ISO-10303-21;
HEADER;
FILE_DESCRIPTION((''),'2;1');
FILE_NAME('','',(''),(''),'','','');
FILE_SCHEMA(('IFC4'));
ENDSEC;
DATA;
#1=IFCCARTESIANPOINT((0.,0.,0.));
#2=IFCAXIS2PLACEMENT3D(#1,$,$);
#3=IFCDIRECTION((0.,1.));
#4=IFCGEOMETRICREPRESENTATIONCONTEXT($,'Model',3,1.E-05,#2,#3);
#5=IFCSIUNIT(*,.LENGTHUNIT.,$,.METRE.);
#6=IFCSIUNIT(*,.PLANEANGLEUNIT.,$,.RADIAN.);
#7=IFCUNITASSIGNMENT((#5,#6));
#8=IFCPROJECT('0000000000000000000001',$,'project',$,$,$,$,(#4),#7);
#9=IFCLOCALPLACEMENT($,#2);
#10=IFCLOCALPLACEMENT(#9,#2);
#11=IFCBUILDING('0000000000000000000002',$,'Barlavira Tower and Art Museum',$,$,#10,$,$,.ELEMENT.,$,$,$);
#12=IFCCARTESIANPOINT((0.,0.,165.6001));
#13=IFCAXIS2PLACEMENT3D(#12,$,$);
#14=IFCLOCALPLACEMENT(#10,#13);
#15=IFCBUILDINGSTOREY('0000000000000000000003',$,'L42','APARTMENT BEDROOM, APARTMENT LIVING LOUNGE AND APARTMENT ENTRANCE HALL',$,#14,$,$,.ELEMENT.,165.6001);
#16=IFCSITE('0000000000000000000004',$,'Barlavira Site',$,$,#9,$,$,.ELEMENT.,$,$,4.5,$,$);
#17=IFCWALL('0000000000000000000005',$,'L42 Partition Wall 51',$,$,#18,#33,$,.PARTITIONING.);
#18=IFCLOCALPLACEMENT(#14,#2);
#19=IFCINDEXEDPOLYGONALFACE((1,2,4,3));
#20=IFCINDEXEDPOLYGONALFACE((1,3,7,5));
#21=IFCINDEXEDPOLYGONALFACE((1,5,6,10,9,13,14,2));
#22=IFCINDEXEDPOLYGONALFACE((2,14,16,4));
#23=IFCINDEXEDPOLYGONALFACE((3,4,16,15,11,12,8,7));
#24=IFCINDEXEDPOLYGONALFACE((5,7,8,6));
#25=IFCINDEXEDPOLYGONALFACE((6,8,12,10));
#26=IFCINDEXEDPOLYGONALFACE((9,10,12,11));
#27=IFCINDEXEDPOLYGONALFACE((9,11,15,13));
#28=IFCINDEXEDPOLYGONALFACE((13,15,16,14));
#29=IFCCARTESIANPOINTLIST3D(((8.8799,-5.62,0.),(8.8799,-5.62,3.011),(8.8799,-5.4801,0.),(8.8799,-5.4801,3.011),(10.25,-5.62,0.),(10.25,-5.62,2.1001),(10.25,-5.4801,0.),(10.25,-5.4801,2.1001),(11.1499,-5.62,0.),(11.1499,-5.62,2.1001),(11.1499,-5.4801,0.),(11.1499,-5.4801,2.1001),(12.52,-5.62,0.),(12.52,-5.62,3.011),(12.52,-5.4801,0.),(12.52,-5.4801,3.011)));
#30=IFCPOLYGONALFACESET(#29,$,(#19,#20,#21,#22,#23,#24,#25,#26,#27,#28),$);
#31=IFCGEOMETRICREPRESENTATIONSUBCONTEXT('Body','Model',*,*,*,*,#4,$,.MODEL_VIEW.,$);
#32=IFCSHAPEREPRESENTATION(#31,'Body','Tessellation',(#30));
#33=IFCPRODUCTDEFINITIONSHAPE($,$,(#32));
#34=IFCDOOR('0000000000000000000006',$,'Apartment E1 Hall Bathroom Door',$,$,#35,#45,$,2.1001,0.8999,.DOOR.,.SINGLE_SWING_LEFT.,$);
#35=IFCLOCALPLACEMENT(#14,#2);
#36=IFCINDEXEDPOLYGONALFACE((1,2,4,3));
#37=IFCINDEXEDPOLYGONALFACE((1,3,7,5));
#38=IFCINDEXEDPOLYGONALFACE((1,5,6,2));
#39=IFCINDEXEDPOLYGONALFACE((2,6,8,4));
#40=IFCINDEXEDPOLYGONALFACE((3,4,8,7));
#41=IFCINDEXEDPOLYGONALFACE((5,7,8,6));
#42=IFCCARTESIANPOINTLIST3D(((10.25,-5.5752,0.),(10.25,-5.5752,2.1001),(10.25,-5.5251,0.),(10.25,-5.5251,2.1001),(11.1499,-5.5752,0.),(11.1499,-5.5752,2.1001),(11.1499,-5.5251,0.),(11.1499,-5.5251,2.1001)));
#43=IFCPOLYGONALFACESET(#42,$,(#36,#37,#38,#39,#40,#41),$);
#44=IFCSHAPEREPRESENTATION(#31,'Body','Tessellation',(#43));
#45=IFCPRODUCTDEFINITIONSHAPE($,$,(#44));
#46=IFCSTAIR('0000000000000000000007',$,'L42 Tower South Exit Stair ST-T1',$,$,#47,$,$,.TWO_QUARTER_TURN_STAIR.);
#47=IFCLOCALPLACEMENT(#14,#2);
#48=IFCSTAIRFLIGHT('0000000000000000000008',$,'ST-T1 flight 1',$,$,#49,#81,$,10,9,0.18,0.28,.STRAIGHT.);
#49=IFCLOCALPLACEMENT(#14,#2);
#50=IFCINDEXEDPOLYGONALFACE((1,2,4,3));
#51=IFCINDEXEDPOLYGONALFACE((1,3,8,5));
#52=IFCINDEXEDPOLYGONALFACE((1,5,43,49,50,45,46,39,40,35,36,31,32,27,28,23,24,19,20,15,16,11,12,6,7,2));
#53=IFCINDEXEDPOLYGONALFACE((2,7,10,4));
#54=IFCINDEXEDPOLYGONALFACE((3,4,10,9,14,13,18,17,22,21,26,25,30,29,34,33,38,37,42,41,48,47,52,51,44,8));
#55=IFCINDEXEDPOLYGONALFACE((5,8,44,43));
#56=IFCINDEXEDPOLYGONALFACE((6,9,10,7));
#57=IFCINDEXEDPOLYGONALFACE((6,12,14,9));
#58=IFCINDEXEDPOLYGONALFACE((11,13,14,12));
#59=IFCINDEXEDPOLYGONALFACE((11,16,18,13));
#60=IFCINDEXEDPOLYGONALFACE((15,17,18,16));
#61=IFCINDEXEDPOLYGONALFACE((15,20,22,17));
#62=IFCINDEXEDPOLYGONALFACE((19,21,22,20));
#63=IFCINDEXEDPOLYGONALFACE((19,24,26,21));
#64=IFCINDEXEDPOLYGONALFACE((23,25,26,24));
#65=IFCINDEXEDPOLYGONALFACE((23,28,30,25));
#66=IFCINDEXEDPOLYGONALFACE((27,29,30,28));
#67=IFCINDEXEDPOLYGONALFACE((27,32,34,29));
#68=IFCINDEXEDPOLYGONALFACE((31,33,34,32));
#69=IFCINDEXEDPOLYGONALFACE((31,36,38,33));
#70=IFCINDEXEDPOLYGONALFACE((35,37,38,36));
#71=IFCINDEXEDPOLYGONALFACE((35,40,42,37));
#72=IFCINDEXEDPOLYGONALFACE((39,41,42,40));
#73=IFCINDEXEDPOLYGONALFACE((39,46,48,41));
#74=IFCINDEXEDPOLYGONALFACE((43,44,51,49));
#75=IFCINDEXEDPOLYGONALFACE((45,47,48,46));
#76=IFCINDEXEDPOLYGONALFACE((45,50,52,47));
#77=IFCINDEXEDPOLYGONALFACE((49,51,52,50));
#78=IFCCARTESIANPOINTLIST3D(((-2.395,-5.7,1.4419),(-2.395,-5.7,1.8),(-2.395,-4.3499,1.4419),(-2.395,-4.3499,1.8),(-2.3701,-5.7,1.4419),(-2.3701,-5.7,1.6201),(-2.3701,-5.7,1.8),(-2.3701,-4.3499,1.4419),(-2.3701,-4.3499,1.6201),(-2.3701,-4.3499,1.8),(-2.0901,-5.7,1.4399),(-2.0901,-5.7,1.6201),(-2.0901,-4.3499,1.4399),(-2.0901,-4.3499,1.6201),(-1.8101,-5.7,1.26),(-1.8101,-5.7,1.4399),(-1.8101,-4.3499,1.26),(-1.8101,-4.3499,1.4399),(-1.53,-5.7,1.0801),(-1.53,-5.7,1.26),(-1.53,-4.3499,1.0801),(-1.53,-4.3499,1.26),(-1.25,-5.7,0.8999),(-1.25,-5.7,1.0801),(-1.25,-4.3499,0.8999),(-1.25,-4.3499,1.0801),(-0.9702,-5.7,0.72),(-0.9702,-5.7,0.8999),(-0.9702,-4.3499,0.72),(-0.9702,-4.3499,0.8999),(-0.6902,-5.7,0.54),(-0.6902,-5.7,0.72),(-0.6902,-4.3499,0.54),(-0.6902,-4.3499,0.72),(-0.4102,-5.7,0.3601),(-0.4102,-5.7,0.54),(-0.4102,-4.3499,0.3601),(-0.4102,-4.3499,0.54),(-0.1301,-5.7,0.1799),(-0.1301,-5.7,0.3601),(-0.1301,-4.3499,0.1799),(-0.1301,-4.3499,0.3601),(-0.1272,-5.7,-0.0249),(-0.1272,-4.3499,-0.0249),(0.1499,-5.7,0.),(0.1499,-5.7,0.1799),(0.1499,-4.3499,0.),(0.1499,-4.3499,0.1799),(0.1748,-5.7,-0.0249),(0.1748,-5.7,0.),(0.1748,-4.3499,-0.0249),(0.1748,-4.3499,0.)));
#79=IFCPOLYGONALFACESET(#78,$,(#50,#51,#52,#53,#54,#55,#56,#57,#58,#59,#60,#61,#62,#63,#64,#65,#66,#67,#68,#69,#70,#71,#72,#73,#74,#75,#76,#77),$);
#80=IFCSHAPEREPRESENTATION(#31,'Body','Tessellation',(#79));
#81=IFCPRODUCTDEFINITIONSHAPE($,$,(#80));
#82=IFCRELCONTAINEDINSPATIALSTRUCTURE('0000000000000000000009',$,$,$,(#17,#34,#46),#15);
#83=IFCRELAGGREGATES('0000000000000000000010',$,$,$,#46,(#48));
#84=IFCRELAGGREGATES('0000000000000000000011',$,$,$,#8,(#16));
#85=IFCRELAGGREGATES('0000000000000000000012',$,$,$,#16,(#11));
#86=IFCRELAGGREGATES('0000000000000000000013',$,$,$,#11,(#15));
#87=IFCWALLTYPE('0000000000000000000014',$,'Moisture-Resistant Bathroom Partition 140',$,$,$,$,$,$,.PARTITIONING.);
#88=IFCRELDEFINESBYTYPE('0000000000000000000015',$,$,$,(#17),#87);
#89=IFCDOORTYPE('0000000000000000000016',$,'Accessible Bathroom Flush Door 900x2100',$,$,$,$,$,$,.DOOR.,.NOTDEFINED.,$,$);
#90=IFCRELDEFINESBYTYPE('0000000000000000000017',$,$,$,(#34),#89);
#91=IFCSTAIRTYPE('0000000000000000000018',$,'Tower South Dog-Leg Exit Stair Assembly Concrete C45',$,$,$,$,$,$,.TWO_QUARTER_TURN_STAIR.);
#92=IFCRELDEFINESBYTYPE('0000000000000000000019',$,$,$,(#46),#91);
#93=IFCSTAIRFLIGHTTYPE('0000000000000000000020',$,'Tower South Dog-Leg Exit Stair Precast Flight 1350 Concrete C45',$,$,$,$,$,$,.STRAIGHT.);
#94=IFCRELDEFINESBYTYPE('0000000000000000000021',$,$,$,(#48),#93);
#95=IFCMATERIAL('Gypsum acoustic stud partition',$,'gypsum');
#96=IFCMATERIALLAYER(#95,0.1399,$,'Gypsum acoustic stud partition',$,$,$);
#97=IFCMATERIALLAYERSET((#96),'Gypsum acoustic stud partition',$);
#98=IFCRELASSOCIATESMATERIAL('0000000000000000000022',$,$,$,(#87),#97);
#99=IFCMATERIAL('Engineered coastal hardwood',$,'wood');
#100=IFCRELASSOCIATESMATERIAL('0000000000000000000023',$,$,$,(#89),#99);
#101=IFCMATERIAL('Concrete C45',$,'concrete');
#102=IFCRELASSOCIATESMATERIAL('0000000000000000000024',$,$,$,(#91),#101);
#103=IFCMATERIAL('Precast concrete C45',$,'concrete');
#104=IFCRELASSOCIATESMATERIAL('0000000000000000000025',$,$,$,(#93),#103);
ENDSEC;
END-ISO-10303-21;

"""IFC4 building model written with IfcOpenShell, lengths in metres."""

from ifc_helpers import new_model, si_unit, direction, frame, frame_2d, origin, place, context, subcontext, project, spatial, polyline, rectangle, outline, extrude, material, layer, layer_set, type_object, element, fill, aggregate, save


model = new_model("IFC4")

# Units and contexts
model_context = context("Model", 3, precision=1e-05, world=origin(), true_north=direction((0.0, 1.0)))
body_context = subcontext(model_context, "Body", "Model", "MODEL_VIEW")
ifc_project = project(units=[si_unit("LENGTHUNIT", "METRE"), si_unit("PLANEANGLEUNIT", "RADIAN")], contexts=[model_context])

# Site, building, storey
site_placement = place(None, origin())
site = spatial("IfcSite", under=ifc_project, at=site_placement, Name="Barlavira Site", CompositionType="ELEMENT", RefElevation=4.5)
building_placement = place(site_placement, origin())
building = spatial("IfcBuilding", under=site, at=building_placement, Name="Barlavira Tower and Art Museum", CompositionType="ELEMENT")
storey_placement = place(building_placement, frame((0.0, 0.0, 165.6001)))
storey = spatial("IfcBuildingStorey", under=building, at=storey_placement, Name="L42", Description="APARTMENT BEDROOM, APARTMENT LIVING LOUNGE AND APARTMENT ENTRANCE HALL", CompositionType="ELEMENT", Elevation=165.6001)

# Wall, opening, door
ifc_material_1 = material(Name="Gypsum acoustic stud partition", Category="gypsum")
ifc_layer_1 = layer(ifc_material_1, 0.1399, Name="Gypsum acoustic stud partition")
ifc_layer_set_1 = layer_set([ifc_layer_1], Name="Gypsum acoustic stud partition")
wall_type_1 = type_object("IfcWallType", Name="Moisture-Resistant Bathroom Partition 140", PredefinedType="PARTITIONING", material=ifc_layer_set_1)
wall_1_placement = place(storey_placement, frame((8.8799, -5.55, 0.0), z_axis=(0.0, 0.0, 1.0), x_axis=(1.0, 0.0, 0.0)))
wall_1 = element("IfcWall", 1, at=wall_1_placement, inside=storey, type_object=wall_type_1, Name="L42 Partition Wall 51", PredefinedType="PARTITIONING", context=body_context, shape_type="SweptSolid", body=[
    extrude(rectangle(XDim=3.6401, YDim=0.1399, at=frame_2d((1.8201, 0.0))), origin(), (0.0, 0.0, 1.0), 3.011),
])
opening_1_placement = place(wall_1_placement, frame((1.3701, 0.0, 0.0)))
opening_1 = element("IfcOpeningElement", 2, at=opening_1_placement, cuts=wall_1, PredefinedType="OPENING", context=body_context, shape_type="SweptSolid", body=[
    extrude(rectangle(XDim=0.8999, YDim=2.1001, at=frame_2d((0.45, 1.05))), frame((0.0, 0.0801, 0.0), z_axis=(0.0, -1.0, 0.0), x_axis=(1.0, 0.0, 0.0)), (0.0, 0.0, 1.0), 0.1599),
])
ifc_material_2 = material(Name="Engineered coastal hardwood", Category="wood")
door_type_1 = type_object("IfcDoorType", Name="Accessible Bathroom Flush Door 900x2100", OperationType="NOTDEFINED", PredefinedType="DOOR", material=ifc_material_2)
door_1_placement = place(opening_1_placement, origin())
door_1 = element("IfcDoor", 3, at=door_1_placement, inside=storey, type_object=door_type_1, Name="Apartment E1 Hall Bathroom Door", OperationType="SINGLE_SWING_LEFT", OverallHeight=2.1001, OverallWidth=0.8999, PredefinedType="DOOR", context=body_context, shape_type="SweptSolid", body=[
    extrude(rectangle(XDim=0.8999, YDim=2.1001, at=frame_2d((0.45, 1.05))), frame((0.0, 0.0249, 0.0), z_axis=(0.0, -1.0, 0.0), x_axis=(1.0, 0.0, 0.0)), (0.0, 0.0, 1.0), 0.05),
])
fill(opening_1, door_1)

# Stair, stair flight
ifc_material_3 = material(Name="Concrete C45", Category="concrete")
stair_type = type_object("IfcStairType", Name="Tower South Dog-Leg Exit Stair Assembly Concrete C45", PredefinedType="TWO_QUARTER_TURN_STAIR", material=ifc_material_3)
stair_placement = place(storey_placement, origin())
stair = element("IfcStair", 4, at=stair_placement, inside=storey, type_object=stair_type, Name="L42 Tower South Exit Stair ST-T1", PredefinedType="TWO_QUARTER_TURN_STAIR")
ifc_material_4 = material(Name="Precast concrete C45", Category="concrete")
stair_flight_type = type_object("IfcStairFlightType", Name="Tower South Dog-Leg Exit Stair Precast Flight 1350 Concrete C45", PredefinedType="STRAIGHT", material=ifc_material_4)
stair_flight_placement = place(storey_placement, frame((0.1499, -5.0249, 0.0), z_axis=(0.0, 0.0, 1.0), x_axis=(-1.0, 0.0, 0.0)))
stair_flight = element("IfcStairFlight", 5, at=stair_flight_placement, type_object=stair_flight_type, Name="ST-T1 flight 1", NumberOfRisers=10, NumberOfTreads=9, PredefinedType="STRAIGHT", RiserHeight=0.18, TreadLength=0.28, context=body_context, shape_type="SweptSolid", body=[
    extrude(outline(polyline([(-0.0249, 0.0), (0.0, 0.0), (0.0, 0.1799), (0.28, 0.1799), (0.28, 0.3601), (0.5601, 0.3601), (0.5601, 0.54), (0.8401, 0.54), (0.8401, 0.72), (1.1201, 0.72), (1.1201, 0.8999), (1.3999, 0.8999), (1.3999, 1.0801), (1.6799, 1.0801), (1.6799, 1.26), (1.96, 1.26), (1.96, 1.4399), (2.24, 1.4399), (2.24, 1.6201), (2.52, 1.6201), (2.52, 1.8), (2.5449, 1.8), (2.5449, 1.4419), (2.52, 1.4419), (0.2771, -0.0249), (-0.0249, -0.0249), (-0.0249, 0.0)])), frame((0.0, 0.675, 0.0), z_axis=(0.0, -1.0, 0.0), x_axis=(1.0, 0.0, 0.0)), (0.0, 0.0, 1.0), 1.3501),
])
aggregate(stair, [stair_flight])

save(model, "model.ifc")
